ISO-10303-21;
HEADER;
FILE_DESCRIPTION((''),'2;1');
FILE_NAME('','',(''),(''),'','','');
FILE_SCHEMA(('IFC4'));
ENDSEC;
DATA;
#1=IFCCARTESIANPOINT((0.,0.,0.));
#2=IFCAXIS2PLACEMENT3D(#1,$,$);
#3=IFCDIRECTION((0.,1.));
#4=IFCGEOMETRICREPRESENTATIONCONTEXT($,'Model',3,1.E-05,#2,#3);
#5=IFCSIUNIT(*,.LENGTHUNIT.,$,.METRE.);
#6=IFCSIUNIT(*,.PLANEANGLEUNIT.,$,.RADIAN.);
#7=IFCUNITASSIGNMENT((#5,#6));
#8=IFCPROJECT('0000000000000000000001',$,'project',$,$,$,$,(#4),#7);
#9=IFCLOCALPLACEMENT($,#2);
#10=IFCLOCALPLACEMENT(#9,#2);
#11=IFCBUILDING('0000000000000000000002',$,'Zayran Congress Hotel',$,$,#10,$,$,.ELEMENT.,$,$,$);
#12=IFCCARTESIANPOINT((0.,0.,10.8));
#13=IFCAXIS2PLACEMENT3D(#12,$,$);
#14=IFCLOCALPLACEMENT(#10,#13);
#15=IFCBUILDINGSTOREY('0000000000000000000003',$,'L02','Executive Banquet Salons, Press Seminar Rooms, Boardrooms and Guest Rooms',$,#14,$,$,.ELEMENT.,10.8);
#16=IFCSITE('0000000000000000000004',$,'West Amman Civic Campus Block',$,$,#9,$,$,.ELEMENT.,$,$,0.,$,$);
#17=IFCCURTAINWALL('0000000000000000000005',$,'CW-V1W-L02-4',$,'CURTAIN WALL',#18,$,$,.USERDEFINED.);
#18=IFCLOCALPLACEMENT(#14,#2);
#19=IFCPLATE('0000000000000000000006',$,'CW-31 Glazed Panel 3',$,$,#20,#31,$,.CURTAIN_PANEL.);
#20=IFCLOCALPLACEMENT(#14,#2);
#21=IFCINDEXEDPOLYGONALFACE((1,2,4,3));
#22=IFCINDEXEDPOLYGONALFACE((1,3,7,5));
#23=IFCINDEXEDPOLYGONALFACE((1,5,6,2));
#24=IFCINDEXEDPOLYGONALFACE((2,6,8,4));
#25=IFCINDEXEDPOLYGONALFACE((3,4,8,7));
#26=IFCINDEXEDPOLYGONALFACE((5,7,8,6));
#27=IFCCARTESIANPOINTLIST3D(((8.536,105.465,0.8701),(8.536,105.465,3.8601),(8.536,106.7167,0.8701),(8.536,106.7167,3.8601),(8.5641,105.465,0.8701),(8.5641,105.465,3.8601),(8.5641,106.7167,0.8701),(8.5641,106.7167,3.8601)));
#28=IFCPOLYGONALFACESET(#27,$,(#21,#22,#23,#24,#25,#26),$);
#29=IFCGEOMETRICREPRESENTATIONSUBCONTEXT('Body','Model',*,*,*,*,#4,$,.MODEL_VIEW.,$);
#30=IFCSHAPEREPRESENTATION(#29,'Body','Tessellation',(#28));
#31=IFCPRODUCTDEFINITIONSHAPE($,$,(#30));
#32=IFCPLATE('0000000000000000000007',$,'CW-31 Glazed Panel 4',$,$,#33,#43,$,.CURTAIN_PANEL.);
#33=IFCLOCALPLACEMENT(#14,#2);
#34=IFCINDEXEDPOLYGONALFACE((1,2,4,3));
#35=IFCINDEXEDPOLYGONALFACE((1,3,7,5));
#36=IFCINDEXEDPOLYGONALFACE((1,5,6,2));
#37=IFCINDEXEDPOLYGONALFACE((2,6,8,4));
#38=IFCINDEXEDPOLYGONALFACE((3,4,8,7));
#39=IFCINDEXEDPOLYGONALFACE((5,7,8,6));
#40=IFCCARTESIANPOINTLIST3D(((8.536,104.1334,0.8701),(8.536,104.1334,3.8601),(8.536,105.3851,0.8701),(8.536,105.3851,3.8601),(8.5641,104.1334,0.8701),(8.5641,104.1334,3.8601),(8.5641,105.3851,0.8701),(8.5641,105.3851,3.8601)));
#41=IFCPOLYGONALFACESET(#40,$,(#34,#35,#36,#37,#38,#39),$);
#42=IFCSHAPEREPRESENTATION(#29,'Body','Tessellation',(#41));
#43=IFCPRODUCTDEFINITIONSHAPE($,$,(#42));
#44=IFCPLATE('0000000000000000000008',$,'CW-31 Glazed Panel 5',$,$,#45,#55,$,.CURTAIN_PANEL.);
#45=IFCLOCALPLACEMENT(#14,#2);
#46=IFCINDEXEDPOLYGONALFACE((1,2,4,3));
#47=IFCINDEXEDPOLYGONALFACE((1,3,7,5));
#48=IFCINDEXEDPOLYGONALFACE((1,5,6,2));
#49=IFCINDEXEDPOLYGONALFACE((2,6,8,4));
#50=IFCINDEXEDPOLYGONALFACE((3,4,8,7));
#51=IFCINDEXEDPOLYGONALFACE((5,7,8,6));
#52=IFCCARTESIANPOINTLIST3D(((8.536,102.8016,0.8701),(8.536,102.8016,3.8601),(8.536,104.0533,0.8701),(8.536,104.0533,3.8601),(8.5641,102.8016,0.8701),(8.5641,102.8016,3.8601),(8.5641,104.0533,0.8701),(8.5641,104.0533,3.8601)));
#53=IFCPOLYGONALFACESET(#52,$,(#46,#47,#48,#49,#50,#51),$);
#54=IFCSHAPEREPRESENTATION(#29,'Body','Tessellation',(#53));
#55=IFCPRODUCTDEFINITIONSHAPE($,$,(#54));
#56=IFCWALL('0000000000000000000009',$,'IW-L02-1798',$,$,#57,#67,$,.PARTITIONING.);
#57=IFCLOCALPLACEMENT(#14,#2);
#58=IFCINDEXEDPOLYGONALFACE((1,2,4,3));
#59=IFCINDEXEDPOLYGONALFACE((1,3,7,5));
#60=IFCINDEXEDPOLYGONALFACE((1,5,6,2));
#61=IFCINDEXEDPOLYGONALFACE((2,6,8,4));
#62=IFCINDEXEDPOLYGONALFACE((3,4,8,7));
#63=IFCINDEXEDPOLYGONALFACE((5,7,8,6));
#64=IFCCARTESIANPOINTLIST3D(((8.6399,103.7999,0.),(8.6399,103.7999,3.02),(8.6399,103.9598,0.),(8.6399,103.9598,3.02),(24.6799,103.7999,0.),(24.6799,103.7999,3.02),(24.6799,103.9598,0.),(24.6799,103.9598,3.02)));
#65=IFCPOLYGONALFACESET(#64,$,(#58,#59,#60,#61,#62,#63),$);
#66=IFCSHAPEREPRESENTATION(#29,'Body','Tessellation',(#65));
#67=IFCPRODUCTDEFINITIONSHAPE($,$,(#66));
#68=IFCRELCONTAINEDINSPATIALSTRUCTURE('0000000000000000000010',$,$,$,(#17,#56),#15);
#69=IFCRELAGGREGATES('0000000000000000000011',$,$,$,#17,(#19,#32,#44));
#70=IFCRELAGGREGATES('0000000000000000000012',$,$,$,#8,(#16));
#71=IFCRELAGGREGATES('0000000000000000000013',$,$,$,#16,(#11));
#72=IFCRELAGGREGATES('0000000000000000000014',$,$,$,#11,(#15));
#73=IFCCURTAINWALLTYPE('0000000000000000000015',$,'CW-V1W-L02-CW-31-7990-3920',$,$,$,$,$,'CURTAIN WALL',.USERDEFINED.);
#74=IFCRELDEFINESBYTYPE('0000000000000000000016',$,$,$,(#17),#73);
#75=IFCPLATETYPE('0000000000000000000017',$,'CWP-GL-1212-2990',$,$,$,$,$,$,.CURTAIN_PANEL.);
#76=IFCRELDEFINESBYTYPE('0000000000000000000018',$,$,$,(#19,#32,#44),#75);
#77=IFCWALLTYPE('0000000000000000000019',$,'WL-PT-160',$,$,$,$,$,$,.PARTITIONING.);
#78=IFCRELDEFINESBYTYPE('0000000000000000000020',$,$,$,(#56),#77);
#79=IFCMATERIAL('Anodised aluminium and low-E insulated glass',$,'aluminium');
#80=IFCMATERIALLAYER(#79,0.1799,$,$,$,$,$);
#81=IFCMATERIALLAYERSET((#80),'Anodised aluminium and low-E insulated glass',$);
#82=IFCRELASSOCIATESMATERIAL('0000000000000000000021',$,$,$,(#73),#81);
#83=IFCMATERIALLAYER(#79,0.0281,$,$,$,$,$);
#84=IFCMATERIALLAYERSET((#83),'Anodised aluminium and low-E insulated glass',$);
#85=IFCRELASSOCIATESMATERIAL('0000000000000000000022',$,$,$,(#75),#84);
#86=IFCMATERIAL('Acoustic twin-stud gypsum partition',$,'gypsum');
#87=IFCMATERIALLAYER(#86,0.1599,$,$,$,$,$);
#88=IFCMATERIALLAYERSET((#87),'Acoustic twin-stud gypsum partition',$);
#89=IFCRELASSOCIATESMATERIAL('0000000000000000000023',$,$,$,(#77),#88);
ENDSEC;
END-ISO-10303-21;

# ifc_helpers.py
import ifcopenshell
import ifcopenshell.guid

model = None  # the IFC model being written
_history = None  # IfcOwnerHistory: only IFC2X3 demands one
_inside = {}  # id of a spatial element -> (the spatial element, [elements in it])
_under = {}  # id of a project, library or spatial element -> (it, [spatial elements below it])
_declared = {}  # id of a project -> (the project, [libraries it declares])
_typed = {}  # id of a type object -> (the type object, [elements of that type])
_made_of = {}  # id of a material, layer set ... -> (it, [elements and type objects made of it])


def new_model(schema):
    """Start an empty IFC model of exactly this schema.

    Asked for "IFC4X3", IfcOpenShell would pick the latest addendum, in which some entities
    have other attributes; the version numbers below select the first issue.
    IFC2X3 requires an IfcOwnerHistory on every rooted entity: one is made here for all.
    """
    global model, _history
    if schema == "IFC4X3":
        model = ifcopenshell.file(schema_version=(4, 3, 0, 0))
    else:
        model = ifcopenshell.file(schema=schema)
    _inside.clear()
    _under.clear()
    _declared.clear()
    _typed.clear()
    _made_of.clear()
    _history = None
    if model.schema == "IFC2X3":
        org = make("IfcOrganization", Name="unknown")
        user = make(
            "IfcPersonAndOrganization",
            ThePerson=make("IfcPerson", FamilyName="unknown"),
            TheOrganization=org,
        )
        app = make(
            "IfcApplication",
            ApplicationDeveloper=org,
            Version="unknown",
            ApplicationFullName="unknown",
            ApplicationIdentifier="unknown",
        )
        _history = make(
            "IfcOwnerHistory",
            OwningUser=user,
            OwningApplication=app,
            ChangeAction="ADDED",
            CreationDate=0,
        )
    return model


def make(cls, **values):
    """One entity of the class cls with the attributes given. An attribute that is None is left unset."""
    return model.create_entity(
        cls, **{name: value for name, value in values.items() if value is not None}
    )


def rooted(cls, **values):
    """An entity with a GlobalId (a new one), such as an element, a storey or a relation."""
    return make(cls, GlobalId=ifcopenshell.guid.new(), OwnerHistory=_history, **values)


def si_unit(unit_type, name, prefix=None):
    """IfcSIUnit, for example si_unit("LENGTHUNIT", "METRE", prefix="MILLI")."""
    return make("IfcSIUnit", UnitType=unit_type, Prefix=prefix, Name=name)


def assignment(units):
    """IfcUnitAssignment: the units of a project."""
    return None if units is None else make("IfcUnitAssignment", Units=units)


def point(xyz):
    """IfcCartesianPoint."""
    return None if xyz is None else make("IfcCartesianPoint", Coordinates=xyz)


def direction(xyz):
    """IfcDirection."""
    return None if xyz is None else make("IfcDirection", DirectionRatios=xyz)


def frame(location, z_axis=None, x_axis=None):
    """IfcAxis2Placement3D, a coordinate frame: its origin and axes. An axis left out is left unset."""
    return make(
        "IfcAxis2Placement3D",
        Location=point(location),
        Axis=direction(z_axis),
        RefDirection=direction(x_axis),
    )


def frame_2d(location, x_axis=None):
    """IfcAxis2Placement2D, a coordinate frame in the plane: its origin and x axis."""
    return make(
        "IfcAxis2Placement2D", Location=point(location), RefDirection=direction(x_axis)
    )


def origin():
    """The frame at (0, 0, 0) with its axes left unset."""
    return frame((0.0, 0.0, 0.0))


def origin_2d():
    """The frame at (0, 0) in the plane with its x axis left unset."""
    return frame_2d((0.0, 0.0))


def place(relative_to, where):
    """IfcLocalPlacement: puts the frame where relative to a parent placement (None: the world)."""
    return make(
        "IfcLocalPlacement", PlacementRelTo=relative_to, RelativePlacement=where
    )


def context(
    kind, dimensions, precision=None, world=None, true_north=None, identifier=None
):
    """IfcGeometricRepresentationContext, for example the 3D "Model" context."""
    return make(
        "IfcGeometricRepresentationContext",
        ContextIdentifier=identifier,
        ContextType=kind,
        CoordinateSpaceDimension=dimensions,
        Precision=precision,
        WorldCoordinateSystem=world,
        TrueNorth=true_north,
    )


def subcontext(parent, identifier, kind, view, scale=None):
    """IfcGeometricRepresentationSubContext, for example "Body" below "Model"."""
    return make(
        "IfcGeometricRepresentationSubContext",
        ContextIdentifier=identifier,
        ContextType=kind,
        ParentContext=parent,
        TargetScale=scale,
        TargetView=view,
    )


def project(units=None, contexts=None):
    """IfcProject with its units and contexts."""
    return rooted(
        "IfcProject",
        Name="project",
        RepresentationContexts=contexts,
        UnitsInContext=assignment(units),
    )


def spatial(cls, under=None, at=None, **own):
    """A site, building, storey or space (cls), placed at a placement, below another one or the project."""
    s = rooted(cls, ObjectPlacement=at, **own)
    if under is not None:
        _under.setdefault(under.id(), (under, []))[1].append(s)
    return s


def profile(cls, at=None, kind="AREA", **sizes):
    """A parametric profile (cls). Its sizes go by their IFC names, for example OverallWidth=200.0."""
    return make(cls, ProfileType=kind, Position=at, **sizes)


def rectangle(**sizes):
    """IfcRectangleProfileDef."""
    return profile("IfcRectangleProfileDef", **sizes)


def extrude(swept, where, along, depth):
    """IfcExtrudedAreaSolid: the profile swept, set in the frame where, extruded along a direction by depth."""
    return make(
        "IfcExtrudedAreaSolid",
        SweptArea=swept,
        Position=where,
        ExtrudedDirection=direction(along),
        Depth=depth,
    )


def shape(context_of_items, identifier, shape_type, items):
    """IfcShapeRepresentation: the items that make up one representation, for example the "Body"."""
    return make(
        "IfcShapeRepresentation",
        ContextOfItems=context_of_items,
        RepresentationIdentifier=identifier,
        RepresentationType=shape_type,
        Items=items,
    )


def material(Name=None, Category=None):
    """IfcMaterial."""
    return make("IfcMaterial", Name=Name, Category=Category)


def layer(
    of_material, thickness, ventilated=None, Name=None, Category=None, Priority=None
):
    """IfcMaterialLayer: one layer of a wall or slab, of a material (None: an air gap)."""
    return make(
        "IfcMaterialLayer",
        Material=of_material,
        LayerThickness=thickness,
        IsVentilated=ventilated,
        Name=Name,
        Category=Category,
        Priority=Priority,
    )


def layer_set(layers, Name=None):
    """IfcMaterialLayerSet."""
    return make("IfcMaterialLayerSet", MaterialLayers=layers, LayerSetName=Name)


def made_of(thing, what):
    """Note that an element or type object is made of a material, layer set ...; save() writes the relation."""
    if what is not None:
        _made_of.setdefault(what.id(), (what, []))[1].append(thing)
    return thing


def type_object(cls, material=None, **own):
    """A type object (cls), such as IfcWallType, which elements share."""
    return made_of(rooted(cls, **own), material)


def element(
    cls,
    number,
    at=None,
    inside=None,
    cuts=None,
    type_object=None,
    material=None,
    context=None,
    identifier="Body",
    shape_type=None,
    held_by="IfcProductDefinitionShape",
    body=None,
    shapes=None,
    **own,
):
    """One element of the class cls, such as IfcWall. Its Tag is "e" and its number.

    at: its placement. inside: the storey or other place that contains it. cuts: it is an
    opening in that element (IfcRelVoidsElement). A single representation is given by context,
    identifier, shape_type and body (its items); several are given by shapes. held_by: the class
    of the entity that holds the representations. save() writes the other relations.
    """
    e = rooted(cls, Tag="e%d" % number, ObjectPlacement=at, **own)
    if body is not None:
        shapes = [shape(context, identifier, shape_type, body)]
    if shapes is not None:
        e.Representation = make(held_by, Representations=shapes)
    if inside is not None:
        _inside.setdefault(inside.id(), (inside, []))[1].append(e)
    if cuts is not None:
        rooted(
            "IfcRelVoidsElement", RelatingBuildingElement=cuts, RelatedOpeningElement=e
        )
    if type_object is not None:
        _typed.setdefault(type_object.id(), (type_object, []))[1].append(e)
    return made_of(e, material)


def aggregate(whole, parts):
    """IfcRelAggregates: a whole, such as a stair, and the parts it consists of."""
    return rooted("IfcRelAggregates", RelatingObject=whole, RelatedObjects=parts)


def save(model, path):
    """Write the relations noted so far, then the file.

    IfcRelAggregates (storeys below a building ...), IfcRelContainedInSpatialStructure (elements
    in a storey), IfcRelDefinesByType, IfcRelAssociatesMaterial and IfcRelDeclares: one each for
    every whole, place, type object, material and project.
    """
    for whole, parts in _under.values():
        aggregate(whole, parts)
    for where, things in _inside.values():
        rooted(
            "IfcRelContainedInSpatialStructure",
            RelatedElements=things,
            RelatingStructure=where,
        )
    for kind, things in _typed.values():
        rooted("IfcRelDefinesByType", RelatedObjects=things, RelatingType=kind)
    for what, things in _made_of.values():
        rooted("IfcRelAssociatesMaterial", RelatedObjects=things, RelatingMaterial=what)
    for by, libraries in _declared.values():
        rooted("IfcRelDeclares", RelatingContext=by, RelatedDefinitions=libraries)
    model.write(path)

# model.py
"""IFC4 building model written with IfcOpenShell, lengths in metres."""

from ifc_helpers import new_model, si_unit, direction, frame, frame_2d, origin, origin_2d, place, context, subcontext, project, spatial, rectangle, extrude, material, layer, layer_set, type_object, element, aggregate, save


model = new_model("IFC4")

# Units and contexts
model_context = context("Model", 3, precision=1e-05, world=origin(), true_north=direction((0.0, 1.0)))
body_context = subcontext(model_context, "Body", "Model", "MODEL_VIEW")
ifc_project = project(units=[si_unit("LENGTHUNIT", "METRE"), si_unit("PLANEANGLEUNIT", "RADIAN")], contexts=[model_context])

# Site, building, storey
site_placement = place(None, origin())
site = spatial("IfcSite", under=ifc_project, at=site_placement, Name="West Amman Civic Campus Block", CompositionType="ELEMENT", RefElevation=0.0)
building_placement = place(site_placement, origin())
building = spatial("IfcBuilding", under=site, at=building_placement, Name="Zayran Congress Hotel", CompositionType="ELEMENT")
storey_placement = place(building_placement, frame((0.0, 0.0, 10.8)))
storey = spatial("IfcBuildingStorey", under=building, at=storey_placement, Name="L02", Description="Executive Banquet Salons, Press Seminar Rooms, Boardrooms and Guest Rooms", CompositionType="ELEMENT", Elevation=10.8)

# Curtain wall, plates
ifc_material_1 = material(Name="Anodised aluminium and low-E insulated glass", Category="aluminium")
ifc_layer_1 = layer(ifc_material_1, 0.1799)
ifc_layer_set_1 = layer_set([ifc_layer_1], Name="Anodised aluminium and low-E insulated glass")
curtain_wall_type = type_object("IfcCurtainWallType", Name="CW-V1W-L02-CW-31-7990-3920", ElementType="CURTAIN WALL", PredefinedType="USERDEFINED", material=ifc_layer_set_1)
curtain_wall_placement = place(storey_placement, origin())
curtain_wall = element("IfcCurtainWall", 1, at=curtain_wall_placement, inside=storey, type_object=curtain_wall_type, Name="CW-V1W-L02-4", ObjectType="CURTAIN WALL", PredefinedType="USERDEFINED")
ifc_layer_2 = layer(ifc_material_1, 0.0281)
ifc_layer_set_2 = layer_set([ifc_layer_2], Name="Anodised aluminium and low-E insulated glass")
plate_type_1 = type_object("IfcPlateType", Name="CWP-GL-1212-2990", PredefinedType="CURTAIN_PANEL", material=ifc_layer_set_2)
plate_1_placement = place(storey_placement, frame((8.55, 106.0908, 0.8701), z_axis=(0.0, 0.0, 1.0), x_axis=(0.0, 1.0, 0.0)))
plate_1 = element("IfcPlate", 2, at=plate_1_placement, type_object=plate_type_1, Name="CW-31 Glazed Panel 3", PredefinedType="CURTAIN_PANEL", context=body_context, shape_type="SweptSolid", body=[
    extrude(rectangle(XDim=1.2517, YDim=0.0281, at=origin_2d()), origin(), (0.0, 0.0, 1.0), 2.99),
])
plate_2_placement = place(storey_placement, frame((8.55, 104.7593, 0.8701), z_axis=(0.0, 0.0, 1.0), x_axis=(0.0, 1.0, 0.0)))
plate_2 = element("IfcPlate", 3, at=plate_2_placement, type_object=plate_type_1, Name="CW-31 Glazed Panel 4", PredefinedType="CURTAIN_PANEL", context=body_context, shape_type="SweptSolid", body=[
    extrude(rectangle(XDim=1.2517, YDim=0.0281, at=origin_2d()), origin(), (0.0, 0.0, 1.0), 2.99),
])
plate_3_placement = place(storey_placement, frame((8.55, 103.4275, 0.8701), z_axis=(0.0, 0.0, 1.0), x_axis=(0.0, 1.0, 0.0)))
plate_3 = element("IfcPlate", 4, at=plate_3_placement, type_object=plate_type_1, Name="CW-31 Glazed Panel 5", PredefinedType="CURTAIN_PANEL", context=body_context, shape_type="SweptSolid", body=[
    extrude(rectangle(XDim=1.2517, YDim=0.0281, at=origin_2d()), origin(), (0.0, 0.0, 1.0), 2.99),
])
aggregate(curtain_wall, [plate_1, plate_2, plate_3])

# Wall
ifc_material_2 = material(Name="Acoustic twin-stud gypsum partition", Category="gypsum")
ifc_layer_3 = layer(ifc_material_2, 0.1599)
ifc_layer_set_3 = layer_set([ifc_layer_3], Name="Acoustic twin-stud gypsum partition")
wall_type = type_object("IfcWallType", Name="WL-PT-160", PredefinedType="PARTITIONING", material=ifc_layer_set_3)
wall_placement = place(storey_placement, frame((8.6399, 103.8799, 0.0), z_axis=(0.0, 0.0, 1.0), x_axis=(1.0, 0.0, 0.0)))
element("IfcWall", 5, at=wall_placement, inside=storey, type_object=wall_type, Name="IW-L02-1798", PredefinedType="PARTITIONING", context=body_context, shape_type="SweptSolid", body=[
    extrude(rectangle(XDim=16.04, YDim=0.1599, at=frame_2d((8.02, 0.0))), origin(), (0.0, 0.0, 1.0), 3.02),
])

save(model, "model.ifc")
